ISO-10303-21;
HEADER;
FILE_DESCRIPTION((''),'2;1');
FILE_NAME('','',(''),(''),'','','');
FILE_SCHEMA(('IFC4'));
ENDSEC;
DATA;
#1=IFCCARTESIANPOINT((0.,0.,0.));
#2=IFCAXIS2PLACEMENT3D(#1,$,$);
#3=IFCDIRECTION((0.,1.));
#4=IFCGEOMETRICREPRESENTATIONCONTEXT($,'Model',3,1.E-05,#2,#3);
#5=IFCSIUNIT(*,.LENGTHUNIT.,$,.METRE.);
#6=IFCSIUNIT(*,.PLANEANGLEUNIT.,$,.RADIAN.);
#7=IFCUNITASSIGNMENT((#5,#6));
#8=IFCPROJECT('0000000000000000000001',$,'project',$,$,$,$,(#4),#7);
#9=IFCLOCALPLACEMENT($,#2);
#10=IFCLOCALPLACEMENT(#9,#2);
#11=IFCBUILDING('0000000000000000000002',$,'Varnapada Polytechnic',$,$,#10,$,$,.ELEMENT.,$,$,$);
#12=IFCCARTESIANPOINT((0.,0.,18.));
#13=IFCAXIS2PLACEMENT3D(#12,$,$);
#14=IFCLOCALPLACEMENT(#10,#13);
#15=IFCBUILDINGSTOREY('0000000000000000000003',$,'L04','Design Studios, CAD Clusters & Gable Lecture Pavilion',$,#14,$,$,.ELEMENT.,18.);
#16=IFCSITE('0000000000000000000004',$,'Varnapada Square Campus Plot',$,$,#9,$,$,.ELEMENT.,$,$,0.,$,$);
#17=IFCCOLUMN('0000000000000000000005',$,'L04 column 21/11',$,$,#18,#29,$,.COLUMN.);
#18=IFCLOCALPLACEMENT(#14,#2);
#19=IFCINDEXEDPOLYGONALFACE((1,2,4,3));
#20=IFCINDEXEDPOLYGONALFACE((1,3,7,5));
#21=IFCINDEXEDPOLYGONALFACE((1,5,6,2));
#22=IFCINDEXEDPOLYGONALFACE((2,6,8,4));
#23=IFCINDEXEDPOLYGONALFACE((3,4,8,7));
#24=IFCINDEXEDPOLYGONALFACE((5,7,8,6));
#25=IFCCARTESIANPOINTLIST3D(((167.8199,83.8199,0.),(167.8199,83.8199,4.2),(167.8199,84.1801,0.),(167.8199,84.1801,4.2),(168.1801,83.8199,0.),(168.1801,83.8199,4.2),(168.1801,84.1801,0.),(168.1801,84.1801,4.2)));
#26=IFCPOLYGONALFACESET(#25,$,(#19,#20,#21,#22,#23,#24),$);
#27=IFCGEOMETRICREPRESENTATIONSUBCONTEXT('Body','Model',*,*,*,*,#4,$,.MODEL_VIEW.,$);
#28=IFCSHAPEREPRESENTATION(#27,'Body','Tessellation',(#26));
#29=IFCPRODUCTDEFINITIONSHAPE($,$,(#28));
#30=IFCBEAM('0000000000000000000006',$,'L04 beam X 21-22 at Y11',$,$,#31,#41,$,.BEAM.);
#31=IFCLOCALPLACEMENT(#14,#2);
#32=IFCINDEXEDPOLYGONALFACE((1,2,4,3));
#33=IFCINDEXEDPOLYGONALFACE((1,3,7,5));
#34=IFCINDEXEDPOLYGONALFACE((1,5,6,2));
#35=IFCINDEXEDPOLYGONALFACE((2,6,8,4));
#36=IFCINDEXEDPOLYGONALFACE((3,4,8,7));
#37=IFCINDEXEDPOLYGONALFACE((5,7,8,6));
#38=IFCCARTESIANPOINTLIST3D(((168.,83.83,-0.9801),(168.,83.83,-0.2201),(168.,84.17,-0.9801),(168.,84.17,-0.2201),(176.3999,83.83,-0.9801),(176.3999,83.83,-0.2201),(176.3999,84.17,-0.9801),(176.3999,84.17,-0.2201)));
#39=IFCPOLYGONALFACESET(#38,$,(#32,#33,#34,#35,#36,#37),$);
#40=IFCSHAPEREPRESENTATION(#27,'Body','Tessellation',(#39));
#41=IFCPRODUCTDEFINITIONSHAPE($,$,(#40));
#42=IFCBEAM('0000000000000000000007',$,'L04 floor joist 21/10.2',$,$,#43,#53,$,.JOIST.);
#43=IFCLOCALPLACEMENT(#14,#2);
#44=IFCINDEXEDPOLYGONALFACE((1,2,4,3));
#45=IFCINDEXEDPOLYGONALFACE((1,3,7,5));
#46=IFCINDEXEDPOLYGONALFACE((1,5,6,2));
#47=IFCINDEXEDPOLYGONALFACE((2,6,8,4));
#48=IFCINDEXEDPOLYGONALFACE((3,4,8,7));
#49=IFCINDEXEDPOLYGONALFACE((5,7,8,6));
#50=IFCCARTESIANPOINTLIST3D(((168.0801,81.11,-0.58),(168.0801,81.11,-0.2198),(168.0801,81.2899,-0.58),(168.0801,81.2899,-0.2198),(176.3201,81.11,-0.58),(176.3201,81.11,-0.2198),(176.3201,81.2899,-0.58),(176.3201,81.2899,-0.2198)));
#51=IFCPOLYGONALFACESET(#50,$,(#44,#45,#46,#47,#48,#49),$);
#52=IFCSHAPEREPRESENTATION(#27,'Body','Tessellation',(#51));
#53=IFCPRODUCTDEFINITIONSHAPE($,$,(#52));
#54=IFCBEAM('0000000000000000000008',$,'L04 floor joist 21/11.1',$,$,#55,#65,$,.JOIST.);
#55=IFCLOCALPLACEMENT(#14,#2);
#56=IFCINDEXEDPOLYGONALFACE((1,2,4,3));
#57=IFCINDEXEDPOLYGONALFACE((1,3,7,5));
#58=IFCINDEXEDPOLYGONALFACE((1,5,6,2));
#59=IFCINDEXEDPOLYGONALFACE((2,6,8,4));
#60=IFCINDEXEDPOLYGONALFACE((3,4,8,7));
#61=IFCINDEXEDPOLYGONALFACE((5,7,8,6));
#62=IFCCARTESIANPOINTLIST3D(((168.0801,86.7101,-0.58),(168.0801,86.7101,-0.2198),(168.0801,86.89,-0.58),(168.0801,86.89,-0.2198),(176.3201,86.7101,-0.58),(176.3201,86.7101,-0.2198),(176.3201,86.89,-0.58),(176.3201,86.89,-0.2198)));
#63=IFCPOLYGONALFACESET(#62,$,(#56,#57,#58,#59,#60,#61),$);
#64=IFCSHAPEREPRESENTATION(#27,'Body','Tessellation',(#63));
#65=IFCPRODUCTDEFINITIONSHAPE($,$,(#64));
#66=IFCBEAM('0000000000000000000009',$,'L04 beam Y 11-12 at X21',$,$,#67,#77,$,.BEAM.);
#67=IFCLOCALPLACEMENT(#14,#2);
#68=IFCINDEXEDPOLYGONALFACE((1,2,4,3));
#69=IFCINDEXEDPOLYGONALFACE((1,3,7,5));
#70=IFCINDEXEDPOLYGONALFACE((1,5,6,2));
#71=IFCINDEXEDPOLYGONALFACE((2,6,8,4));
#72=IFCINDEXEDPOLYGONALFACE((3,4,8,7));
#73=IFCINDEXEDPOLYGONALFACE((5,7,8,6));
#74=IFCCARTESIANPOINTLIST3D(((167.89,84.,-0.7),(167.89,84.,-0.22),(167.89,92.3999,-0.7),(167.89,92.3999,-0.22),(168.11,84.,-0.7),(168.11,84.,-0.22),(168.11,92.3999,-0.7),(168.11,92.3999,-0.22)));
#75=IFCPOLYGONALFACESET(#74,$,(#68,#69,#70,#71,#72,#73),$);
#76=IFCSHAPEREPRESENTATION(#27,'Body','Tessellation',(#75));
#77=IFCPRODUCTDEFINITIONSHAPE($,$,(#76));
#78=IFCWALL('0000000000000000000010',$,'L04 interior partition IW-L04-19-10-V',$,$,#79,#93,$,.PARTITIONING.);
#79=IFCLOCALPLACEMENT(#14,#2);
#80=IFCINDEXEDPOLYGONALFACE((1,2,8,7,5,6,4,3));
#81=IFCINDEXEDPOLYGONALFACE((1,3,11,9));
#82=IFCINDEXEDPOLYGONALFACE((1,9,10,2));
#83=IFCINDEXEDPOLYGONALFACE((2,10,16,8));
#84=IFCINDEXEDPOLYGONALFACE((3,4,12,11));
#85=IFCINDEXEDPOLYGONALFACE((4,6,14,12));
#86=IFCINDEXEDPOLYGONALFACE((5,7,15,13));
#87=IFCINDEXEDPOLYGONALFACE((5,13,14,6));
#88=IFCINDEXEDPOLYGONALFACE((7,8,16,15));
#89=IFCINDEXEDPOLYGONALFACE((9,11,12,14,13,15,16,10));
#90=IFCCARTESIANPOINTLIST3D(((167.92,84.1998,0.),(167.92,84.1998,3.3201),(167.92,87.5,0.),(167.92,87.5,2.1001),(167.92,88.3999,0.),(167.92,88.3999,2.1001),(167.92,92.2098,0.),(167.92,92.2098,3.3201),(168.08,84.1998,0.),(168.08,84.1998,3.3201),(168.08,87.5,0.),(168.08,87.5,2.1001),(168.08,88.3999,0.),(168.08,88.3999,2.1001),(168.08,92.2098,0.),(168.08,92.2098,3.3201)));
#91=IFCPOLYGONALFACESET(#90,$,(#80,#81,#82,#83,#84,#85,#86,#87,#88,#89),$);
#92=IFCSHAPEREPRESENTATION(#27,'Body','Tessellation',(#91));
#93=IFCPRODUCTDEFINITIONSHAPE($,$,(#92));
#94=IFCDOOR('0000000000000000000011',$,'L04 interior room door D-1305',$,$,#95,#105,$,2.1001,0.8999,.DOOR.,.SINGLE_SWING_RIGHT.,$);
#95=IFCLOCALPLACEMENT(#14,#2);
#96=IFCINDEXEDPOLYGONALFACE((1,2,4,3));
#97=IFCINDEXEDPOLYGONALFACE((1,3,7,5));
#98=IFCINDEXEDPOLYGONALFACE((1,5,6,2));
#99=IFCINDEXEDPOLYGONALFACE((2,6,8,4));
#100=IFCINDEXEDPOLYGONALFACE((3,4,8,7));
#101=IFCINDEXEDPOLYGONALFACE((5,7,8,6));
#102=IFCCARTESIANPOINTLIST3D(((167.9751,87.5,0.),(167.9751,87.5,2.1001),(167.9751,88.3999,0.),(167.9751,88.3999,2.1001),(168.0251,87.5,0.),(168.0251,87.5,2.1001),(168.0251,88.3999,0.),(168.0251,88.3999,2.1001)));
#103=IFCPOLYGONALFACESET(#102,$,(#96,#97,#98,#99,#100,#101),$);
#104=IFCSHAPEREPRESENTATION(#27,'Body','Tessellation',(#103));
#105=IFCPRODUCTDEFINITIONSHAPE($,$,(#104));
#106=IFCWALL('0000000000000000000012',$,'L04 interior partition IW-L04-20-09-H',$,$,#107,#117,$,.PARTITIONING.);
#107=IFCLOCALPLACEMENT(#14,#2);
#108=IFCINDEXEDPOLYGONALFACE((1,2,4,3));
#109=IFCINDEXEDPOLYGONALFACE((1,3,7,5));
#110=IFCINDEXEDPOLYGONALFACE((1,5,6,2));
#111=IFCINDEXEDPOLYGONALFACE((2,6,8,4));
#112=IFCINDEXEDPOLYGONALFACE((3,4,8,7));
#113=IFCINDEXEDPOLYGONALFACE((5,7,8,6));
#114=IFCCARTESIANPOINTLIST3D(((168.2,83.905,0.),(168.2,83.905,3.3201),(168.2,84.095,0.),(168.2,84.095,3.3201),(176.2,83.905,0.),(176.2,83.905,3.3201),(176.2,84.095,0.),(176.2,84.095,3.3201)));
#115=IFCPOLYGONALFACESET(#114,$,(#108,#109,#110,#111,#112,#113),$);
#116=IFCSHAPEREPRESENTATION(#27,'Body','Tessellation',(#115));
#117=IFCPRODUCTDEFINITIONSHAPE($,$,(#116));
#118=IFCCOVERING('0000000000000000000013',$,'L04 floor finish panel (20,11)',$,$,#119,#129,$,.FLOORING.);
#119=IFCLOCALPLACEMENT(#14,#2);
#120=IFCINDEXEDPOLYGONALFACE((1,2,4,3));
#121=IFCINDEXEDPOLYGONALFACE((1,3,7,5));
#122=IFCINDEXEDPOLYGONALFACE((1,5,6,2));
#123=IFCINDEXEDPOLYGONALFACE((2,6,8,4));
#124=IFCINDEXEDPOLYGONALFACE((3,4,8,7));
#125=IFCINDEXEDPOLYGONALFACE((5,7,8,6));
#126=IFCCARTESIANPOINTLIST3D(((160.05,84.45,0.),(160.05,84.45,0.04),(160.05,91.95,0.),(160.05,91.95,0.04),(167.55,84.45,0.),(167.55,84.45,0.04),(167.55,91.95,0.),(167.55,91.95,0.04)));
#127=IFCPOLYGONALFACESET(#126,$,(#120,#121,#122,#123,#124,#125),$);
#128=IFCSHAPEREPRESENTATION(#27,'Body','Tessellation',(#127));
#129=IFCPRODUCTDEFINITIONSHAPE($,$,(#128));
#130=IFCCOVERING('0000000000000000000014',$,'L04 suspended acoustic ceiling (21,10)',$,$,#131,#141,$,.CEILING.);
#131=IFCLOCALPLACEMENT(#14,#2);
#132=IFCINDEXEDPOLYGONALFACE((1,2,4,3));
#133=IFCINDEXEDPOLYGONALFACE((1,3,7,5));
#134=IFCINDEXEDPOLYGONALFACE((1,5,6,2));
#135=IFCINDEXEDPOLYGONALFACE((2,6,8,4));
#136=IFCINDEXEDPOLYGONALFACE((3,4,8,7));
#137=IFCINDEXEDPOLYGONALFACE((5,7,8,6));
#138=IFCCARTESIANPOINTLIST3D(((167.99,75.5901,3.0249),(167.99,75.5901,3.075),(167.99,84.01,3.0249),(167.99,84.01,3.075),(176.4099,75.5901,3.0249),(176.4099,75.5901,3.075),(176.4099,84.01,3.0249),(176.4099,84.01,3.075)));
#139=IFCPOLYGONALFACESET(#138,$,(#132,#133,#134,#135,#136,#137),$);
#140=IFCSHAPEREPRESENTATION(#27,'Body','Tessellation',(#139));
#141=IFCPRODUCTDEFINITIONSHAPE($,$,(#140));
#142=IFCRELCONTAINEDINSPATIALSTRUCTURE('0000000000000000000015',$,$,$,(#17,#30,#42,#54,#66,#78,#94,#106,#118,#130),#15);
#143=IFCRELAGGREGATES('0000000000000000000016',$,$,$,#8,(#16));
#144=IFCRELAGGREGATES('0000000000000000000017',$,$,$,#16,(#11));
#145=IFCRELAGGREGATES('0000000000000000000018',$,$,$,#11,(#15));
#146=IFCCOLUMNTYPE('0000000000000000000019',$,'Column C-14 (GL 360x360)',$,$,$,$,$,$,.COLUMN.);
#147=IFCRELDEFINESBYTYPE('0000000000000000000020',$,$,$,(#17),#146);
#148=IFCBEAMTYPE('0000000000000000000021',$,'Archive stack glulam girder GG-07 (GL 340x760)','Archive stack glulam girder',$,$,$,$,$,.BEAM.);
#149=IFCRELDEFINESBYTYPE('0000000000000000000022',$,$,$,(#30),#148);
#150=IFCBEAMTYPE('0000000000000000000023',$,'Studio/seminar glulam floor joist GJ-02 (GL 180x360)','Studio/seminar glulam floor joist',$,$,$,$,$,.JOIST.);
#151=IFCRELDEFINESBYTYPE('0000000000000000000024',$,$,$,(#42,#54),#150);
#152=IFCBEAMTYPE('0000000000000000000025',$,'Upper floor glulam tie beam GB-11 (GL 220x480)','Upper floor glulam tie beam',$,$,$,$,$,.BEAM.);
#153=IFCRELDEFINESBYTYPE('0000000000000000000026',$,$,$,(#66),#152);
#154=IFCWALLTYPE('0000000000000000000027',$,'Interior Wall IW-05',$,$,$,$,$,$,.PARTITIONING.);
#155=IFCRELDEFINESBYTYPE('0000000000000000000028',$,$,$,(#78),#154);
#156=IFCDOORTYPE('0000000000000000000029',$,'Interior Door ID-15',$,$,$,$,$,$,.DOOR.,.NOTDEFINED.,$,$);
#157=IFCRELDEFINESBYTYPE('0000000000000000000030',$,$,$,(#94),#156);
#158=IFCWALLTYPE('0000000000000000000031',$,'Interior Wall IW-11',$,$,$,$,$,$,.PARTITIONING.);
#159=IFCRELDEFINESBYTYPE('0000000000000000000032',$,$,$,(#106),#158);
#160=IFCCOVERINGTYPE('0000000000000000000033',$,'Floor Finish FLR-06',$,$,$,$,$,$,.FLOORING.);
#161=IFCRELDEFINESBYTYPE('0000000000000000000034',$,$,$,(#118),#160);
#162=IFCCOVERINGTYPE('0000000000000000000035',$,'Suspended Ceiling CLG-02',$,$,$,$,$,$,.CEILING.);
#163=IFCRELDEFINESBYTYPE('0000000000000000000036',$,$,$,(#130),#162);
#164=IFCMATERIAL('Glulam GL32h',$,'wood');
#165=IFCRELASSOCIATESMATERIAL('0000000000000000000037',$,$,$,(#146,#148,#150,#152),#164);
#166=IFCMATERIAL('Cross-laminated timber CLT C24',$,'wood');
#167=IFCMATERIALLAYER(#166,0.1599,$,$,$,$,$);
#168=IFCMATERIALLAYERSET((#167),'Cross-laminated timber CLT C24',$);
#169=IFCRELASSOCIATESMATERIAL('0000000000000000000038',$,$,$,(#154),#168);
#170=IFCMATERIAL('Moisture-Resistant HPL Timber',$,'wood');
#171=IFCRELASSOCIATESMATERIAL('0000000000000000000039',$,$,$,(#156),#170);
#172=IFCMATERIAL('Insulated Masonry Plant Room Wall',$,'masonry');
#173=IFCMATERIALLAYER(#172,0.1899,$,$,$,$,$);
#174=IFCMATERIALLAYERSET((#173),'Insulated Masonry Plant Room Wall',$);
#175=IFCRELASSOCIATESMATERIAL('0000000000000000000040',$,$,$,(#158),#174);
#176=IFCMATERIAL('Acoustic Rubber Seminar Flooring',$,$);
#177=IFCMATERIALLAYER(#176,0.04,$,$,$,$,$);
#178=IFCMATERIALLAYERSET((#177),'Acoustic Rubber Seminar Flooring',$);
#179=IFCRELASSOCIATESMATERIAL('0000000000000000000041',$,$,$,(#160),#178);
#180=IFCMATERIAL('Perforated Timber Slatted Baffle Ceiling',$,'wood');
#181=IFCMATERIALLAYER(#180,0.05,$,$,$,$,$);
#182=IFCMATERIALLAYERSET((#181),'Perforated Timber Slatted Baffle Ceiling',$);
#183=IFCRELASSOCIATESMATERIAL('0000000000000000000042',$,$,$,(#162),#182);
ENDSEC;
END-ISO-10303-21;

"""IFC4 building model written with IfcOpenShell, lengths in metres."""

from ifc_helpers import new_model, si_unit, direction, frame, frame_2d, origin, origin_2d, place, context, subcontext, project, spatial, rectangle, extrude, material, layer, layer_set, material_profile, profile_set, type_object, element, fill, save


model = new_model("IFC4")

# Units and contexts
model_context = context("Model", 3, precision=1e-05, world=origin(), true_north=direction((0.0, 1.0)))
body_context = subcontext(model_context, "Body", "Model", "MODEL_VIEW")
ifc_project = project(units=[si_unit("LENGTHUNIT", "METRE"), si_unit("PLANEANGLEUNIT", "RADIAN")], contexts=[model_context])

# Site, building, storey
site_placement = place(None, origin())
site = spatial("IfcSite", under=ifc_project, at=site_placement, Name="Varnapada Square Campus Plot", CompositionType="ELEMENT", RefElevation=0.0)
building_placement = place(site_placement, origin())
building = spatial("IfcBuilding", under=site, at=building_placement, Name="Varnapada Polytechnic", CompositionType="ELEMENT")
storey_placement = place(building_placement, frame((0.0, 0.0, 18.0)))
storey = spatial("IfcBuildingStorey", under=building, at=storey_placement, Name="L04", Description="Design Studios, CAD Clusters & Gable Lecture Pavilion", CompositionType="ELEMENT", Elevation=18.0)

# Column
ifc_material_1 = material(Name="Glulam GL32h", Category="wood")
ifc_material_profile_1 = material_profile(ifc_material_1, rectangle(XDim=0.3601, YDim=0.3601, at=origin_2d()), Name="GL 360x360")
ifc_profile_set_1 = profile_set([ifc_material_profile_1], Name="Glulam GL32h")
column_type = type_object("IfcColumnType", Name="Column C-14 (GL 360x360)", PredefinedType="COLUMN", material=ifc_profile_set_1)
column_placement = place(storey_placement, frame((168.0, 84.0, 0.0), z_axis=(0.0, 0.0, 1.0), x_axis=(1.0, 0.0, 0.0)))
element("IfcColumn", 1, at=column_placement, inside=storey, type_object=column_type, Name="L04 column 21/11", PredefinedType="COLUMN", context=body_context, shape_type="SweptSolid", body=[
    extrude(rectangle(XDim=0.3601, YDim=0.3601, at=origin_2d()), origin(), (0.0, 0.0, 1.0), 4.2),
])

# Beams
ifc_material_profile_2 = material_profile(ifc_material_1, rectangle(XDim=0.3401, YDim=0.76, at=origin_2d()), Name="GL 340x760")
ifc_profile_set_2 = profile_set([ifc_material_profile_2], Name="Glulam GL32h")
beam_type_1 = type_object("IfcBeamType", Name="Archive stack glulam girder GG-07 (GL 340x760)", Description="Archive stack glulam girder", PredefinedType="BEAM", material=ifc_profile_set_2)
beam_1_placement = place(storey_placement, frame((168.0, 84.0, -0.6001), z_axis=(1.0, 0.0, 0.0), x_axis=(0.0, 1.0, 0.0)))
element("IfcBeam", 2, at=beam_1_placement, inside=storey, type_object=beam_type_1, Name="L04 beam X 21-22 at Y11", PredefinedType="BEAM", context=body_context, shape_type="SweptSolid", body=[
    extrude(rectangle(XDim=0.3401, YDim=0.76, at=origin_2d()), origin(), (0.0, 0.0, 1.0), 8.3999),
])
ifc_material_profile_3 = material_profile(ifc_material_1, rectangle(XDim=0.1799, YDim=0.3601, at=origin_2d()), Name="GL 180x360")
ifc_profile_set_3 = profile_set([ifc_material_profile_3], Name="Glulam GL32h")
beam_type_2 = type_object("IfcBeamType", Name="Studio/seminar glulam floor joist GJ-02 (GL 180x360)", Description="Studio/seminar glulam floor joist", PredefinedType="JOIST", material=ifc_profile_set_3)
for number, where, z_axis, x_axis, name in (
    (3, (168.0801, 81.2, -0.3999), (1.0, 0.0, 0.0), (0.0, 1.0, 0.0), "L04 floor joist 21/10.2"),
    (4, (168.0801, 86.8, -0.3999), (1.0, 0.0, 0.0), (0.0, 1.0, 0.0), "L04 floor joist 21/11.1"),
):
    element("IfcBeam", number, at=place(storey_placement, frame(where, z_axis=z_axis, x_axis=x_axis)), inside=storey, type_object=beam_type_2, Name=name, PredefinedType="JOIST", context=body_context, shape_type="SweptSolid", body=[
        extrude(rectangle(XDim=0.1799, YDim=0.3601, at=origin_2d()), origin(), (0.0, 0.0, 1.0), 8.24),
    ])
ifc_material_profile_4 = material_profile(ifc_material_1, rectangle(XDim=0.22, YDim=0.48, at=origin_2d()), Name="GL 220x480")
ifc_profile_set_4 = profile_set([ifc_material_profile_4], Name="Glulam GL32h")
beam_type_3 = type_object("IfcBeamType", Name="Upper floor glulam tie beam GB-11 (GL 220x480)", Description="Upper floor glulam tie beam", PredefinedType="BEAM", material=ifc_profile_set_4)
beam_2_placement = place(storey_placement, frame((168.0, 84.0, -0.46), z_axis=(0.0, 1.0, 0.0), x_axis=(-1.0, 0.0, 0.0)))
element("IfcBeam", 5, at=beam_2_placement, inside=storey, type_object=beam_type_3, Name="L04 beam Y 11-12 at X21", PredefinedType="BEAM", context=body_context, shape_type="SweptSolid", body=[
    extrude(rectangle(XDim=0.22, YDim=0.48, at=origin_2d()), origin(), (0.0, 0.0, 1.0), 8.3999),
])

# Wall, opening, door
ifc_material_2 = material(Name="Cross-laminated timber CLT C24", Category="wood")
ifc_layer_1 = layer(ifc_material_2, 0.1599)
ifc_layer_set_1 = layer_set([ifc_layer_1], Name="Cross-laminated timber CLT C24")
wall_type_1 = type_object("IfcWallType", Name="Interior Wall IW-05", PredefinedType="PARTITIONING", material=ifc_layer_set_1)
wall_1_placement = place(storey_placement, frame((168.0, 84.2, 0.0), z_axis=(0.0, 0.0, 1.0), x_axis=(0.0, 1.0, 0.0)))
wall_1 = element("IfcWall", 6, at=wall_1_placement, inside=storey, type_object=wall_type_1, Name="L04 interior partition IW-L04-19-10-V", PredefinedType="PARTITIONING", context=body_context, shape_type="SweptSolid", body=[
    extrude(rectangle(XDim=8.01, YDim=0.1599, at=frame_2d((4.0049, 0.0))), origin(), (0.0, 0.0, 1.0), 3.3201),
])
opening_placement = place(wall_1_placement, frame((3.3, 0.0, 0.0)))
opening = element("IfcOpeningElement", 7, at=opening_placement, cuts=wall_1, PredefinedType="OPENING", context=body_context, shape_type="SweptSolid", body=[
    extrude(rectangle(XDim=0.8999, YDim=2.1001, at=frame_2d((0.45, 1.05))), frame((0.0, 0.0898, 0.0), z_axis=(0.0, -1.0, 0.0), x_axis=(1.0, 0.0, 0.0)), (0.0, 0.0, 1.0), 0.1799),
])
ifc_material_3 = material(Name="Moisture-Resistant HPL Timber", Category="wood")
door_type = type_object("IfcDoorType", Name="Interior Door ID-15", OperationType="NOTDEFINED", PredefinedType="DOOR", material=ifc_material_3)
door_placement = place(opening_placement, origin())
door = element("IfcDoor", 8, at=door_placement, inside=storey, type_object=door_type, Name="L04 interior room door D-1305", OperationType="SINGLE_SWING_RIGHT", OverallHeight=2.1001, OverallWidth=0.8999, PredefinedType="DOOR", context=body_context, shape_type="SweptSolid", body=[
    extrude(rectangle(XDim=0.8999, YDim=2.1001, at=frame_2d((0.45, 1.05))), frame((0.0, 0.0249, 0.0), z_axis=(0.0, -1.0, 0.0), x_axis=(1.0, 0.0, 0.0)), (0.0, 0.0, 1.0), 0.05),
])
fill(opening, door)

# Wall
ifc_material_4 = material(Name="Insulated Masonry Plant Room Wall", Category="masonry")
ifc_layer_2 = layer(ifc_material_4, 0.1899)
ifc_layer_set_2 = layer_set([ifc_layer_2], Name="Insulated Masonry Plant Room Wall")
wall_type_2 = type_object("IfcWallType", Name="Interior Wall IW-11", PredefinedType="PARTITIONING", material=ifc_layer_set_2)
wall_2_placement = place(storey_placement, frame((168.2, 84.0, 0.0), z_axis=(0.0, 0.0, 1.0), x_axis=(1.0, 0.0, 0.0)))
element("IfcWall", 9, at=wall_2_placement, inside=storey, type_object=wall_type_2, Name="L04 interior partition IW-L04-20-09-H", PredefinedType="PARTITIONING", context=body_context, shape_type="SweptSolid", body=[
    extrude(rectangle(XDim=8.0, YDim=0.1899, at=frame_2d((4.0, 0.0))), origin(), (0.0, 0.0, 1.0), 3.3201),
])

# Coverings
ifc_material_5 = material(Name="Acoustic Rubber Seminar Flooring")
ifc_layer_3 = layer(ifc_material_5, 0.04)
ifc_layer_set_3 = layer_set([ifc_layer_3], Name="Acoustic Rubber Seminar Flooring")
covering_type_1 = type_object("IfcCoveringType", Name="Floor Finish FLR-06", PredefinedType="FLOORING", material=ifc_layer_set_3)
covering_1_placement = place(storey_placement, frame((163.8, 88.2, 0.0), z_axis=(0.0, 0.0, 1.0), x_axis=(1.0, 0.0, 0.0)))
element("IfcCovering", 10, at=covering_1_placement, inside=storey, type_object=covering_type_1, Name="L04 floor finish panel (20,11)", PredefinedType="FLOORING", context=body_context, shape_type="SweptSolid", body=[
    extrude(rectangle(XDim=7.5, YDim=7.5, at=origin_2d()), origin(), (0.0, 0.0, 1.0), 0.04),
])
ifc_material_6 = material(Name="Perforated Timber Slatted Baffle Ceiling", Category="wood")
ifc_layer_4 = layer(ifc_material_6, 0.05)
ifc_layer_set_4 = layer_set([ifc_layer_4], Name="Perforated Timber Slatted Baffle Ceiling")
covering_type_2 = type_object("IfcCoveringType", Name="Suspended Ceiling CLG-02", PredefinedType="CEILING", material=ifc_layer_set_4)
covering_2_placement = place(storey_placement, frame((172.2, 79.8, 3.0249), z_axis=(0.0, 0.0, 1.0), x_axis=(1.0, 0.0, 0.0)))
element("IfcCovering", 11, at=covering_2_placement, inside=storey, type_object=covering_type_2, Name="L04 suspended acoustic ceiling (21,10)", PredefinedType="CEILING", context=body_context, shape_type="SweptSolid", body=[
    extrude(rectangle(XDim=8.4199, YDim=8.4199, at=origin_2d()), origin(), (0.0, 0.0, 1.0), 0.05),
])

save(model, "model.ifc")
